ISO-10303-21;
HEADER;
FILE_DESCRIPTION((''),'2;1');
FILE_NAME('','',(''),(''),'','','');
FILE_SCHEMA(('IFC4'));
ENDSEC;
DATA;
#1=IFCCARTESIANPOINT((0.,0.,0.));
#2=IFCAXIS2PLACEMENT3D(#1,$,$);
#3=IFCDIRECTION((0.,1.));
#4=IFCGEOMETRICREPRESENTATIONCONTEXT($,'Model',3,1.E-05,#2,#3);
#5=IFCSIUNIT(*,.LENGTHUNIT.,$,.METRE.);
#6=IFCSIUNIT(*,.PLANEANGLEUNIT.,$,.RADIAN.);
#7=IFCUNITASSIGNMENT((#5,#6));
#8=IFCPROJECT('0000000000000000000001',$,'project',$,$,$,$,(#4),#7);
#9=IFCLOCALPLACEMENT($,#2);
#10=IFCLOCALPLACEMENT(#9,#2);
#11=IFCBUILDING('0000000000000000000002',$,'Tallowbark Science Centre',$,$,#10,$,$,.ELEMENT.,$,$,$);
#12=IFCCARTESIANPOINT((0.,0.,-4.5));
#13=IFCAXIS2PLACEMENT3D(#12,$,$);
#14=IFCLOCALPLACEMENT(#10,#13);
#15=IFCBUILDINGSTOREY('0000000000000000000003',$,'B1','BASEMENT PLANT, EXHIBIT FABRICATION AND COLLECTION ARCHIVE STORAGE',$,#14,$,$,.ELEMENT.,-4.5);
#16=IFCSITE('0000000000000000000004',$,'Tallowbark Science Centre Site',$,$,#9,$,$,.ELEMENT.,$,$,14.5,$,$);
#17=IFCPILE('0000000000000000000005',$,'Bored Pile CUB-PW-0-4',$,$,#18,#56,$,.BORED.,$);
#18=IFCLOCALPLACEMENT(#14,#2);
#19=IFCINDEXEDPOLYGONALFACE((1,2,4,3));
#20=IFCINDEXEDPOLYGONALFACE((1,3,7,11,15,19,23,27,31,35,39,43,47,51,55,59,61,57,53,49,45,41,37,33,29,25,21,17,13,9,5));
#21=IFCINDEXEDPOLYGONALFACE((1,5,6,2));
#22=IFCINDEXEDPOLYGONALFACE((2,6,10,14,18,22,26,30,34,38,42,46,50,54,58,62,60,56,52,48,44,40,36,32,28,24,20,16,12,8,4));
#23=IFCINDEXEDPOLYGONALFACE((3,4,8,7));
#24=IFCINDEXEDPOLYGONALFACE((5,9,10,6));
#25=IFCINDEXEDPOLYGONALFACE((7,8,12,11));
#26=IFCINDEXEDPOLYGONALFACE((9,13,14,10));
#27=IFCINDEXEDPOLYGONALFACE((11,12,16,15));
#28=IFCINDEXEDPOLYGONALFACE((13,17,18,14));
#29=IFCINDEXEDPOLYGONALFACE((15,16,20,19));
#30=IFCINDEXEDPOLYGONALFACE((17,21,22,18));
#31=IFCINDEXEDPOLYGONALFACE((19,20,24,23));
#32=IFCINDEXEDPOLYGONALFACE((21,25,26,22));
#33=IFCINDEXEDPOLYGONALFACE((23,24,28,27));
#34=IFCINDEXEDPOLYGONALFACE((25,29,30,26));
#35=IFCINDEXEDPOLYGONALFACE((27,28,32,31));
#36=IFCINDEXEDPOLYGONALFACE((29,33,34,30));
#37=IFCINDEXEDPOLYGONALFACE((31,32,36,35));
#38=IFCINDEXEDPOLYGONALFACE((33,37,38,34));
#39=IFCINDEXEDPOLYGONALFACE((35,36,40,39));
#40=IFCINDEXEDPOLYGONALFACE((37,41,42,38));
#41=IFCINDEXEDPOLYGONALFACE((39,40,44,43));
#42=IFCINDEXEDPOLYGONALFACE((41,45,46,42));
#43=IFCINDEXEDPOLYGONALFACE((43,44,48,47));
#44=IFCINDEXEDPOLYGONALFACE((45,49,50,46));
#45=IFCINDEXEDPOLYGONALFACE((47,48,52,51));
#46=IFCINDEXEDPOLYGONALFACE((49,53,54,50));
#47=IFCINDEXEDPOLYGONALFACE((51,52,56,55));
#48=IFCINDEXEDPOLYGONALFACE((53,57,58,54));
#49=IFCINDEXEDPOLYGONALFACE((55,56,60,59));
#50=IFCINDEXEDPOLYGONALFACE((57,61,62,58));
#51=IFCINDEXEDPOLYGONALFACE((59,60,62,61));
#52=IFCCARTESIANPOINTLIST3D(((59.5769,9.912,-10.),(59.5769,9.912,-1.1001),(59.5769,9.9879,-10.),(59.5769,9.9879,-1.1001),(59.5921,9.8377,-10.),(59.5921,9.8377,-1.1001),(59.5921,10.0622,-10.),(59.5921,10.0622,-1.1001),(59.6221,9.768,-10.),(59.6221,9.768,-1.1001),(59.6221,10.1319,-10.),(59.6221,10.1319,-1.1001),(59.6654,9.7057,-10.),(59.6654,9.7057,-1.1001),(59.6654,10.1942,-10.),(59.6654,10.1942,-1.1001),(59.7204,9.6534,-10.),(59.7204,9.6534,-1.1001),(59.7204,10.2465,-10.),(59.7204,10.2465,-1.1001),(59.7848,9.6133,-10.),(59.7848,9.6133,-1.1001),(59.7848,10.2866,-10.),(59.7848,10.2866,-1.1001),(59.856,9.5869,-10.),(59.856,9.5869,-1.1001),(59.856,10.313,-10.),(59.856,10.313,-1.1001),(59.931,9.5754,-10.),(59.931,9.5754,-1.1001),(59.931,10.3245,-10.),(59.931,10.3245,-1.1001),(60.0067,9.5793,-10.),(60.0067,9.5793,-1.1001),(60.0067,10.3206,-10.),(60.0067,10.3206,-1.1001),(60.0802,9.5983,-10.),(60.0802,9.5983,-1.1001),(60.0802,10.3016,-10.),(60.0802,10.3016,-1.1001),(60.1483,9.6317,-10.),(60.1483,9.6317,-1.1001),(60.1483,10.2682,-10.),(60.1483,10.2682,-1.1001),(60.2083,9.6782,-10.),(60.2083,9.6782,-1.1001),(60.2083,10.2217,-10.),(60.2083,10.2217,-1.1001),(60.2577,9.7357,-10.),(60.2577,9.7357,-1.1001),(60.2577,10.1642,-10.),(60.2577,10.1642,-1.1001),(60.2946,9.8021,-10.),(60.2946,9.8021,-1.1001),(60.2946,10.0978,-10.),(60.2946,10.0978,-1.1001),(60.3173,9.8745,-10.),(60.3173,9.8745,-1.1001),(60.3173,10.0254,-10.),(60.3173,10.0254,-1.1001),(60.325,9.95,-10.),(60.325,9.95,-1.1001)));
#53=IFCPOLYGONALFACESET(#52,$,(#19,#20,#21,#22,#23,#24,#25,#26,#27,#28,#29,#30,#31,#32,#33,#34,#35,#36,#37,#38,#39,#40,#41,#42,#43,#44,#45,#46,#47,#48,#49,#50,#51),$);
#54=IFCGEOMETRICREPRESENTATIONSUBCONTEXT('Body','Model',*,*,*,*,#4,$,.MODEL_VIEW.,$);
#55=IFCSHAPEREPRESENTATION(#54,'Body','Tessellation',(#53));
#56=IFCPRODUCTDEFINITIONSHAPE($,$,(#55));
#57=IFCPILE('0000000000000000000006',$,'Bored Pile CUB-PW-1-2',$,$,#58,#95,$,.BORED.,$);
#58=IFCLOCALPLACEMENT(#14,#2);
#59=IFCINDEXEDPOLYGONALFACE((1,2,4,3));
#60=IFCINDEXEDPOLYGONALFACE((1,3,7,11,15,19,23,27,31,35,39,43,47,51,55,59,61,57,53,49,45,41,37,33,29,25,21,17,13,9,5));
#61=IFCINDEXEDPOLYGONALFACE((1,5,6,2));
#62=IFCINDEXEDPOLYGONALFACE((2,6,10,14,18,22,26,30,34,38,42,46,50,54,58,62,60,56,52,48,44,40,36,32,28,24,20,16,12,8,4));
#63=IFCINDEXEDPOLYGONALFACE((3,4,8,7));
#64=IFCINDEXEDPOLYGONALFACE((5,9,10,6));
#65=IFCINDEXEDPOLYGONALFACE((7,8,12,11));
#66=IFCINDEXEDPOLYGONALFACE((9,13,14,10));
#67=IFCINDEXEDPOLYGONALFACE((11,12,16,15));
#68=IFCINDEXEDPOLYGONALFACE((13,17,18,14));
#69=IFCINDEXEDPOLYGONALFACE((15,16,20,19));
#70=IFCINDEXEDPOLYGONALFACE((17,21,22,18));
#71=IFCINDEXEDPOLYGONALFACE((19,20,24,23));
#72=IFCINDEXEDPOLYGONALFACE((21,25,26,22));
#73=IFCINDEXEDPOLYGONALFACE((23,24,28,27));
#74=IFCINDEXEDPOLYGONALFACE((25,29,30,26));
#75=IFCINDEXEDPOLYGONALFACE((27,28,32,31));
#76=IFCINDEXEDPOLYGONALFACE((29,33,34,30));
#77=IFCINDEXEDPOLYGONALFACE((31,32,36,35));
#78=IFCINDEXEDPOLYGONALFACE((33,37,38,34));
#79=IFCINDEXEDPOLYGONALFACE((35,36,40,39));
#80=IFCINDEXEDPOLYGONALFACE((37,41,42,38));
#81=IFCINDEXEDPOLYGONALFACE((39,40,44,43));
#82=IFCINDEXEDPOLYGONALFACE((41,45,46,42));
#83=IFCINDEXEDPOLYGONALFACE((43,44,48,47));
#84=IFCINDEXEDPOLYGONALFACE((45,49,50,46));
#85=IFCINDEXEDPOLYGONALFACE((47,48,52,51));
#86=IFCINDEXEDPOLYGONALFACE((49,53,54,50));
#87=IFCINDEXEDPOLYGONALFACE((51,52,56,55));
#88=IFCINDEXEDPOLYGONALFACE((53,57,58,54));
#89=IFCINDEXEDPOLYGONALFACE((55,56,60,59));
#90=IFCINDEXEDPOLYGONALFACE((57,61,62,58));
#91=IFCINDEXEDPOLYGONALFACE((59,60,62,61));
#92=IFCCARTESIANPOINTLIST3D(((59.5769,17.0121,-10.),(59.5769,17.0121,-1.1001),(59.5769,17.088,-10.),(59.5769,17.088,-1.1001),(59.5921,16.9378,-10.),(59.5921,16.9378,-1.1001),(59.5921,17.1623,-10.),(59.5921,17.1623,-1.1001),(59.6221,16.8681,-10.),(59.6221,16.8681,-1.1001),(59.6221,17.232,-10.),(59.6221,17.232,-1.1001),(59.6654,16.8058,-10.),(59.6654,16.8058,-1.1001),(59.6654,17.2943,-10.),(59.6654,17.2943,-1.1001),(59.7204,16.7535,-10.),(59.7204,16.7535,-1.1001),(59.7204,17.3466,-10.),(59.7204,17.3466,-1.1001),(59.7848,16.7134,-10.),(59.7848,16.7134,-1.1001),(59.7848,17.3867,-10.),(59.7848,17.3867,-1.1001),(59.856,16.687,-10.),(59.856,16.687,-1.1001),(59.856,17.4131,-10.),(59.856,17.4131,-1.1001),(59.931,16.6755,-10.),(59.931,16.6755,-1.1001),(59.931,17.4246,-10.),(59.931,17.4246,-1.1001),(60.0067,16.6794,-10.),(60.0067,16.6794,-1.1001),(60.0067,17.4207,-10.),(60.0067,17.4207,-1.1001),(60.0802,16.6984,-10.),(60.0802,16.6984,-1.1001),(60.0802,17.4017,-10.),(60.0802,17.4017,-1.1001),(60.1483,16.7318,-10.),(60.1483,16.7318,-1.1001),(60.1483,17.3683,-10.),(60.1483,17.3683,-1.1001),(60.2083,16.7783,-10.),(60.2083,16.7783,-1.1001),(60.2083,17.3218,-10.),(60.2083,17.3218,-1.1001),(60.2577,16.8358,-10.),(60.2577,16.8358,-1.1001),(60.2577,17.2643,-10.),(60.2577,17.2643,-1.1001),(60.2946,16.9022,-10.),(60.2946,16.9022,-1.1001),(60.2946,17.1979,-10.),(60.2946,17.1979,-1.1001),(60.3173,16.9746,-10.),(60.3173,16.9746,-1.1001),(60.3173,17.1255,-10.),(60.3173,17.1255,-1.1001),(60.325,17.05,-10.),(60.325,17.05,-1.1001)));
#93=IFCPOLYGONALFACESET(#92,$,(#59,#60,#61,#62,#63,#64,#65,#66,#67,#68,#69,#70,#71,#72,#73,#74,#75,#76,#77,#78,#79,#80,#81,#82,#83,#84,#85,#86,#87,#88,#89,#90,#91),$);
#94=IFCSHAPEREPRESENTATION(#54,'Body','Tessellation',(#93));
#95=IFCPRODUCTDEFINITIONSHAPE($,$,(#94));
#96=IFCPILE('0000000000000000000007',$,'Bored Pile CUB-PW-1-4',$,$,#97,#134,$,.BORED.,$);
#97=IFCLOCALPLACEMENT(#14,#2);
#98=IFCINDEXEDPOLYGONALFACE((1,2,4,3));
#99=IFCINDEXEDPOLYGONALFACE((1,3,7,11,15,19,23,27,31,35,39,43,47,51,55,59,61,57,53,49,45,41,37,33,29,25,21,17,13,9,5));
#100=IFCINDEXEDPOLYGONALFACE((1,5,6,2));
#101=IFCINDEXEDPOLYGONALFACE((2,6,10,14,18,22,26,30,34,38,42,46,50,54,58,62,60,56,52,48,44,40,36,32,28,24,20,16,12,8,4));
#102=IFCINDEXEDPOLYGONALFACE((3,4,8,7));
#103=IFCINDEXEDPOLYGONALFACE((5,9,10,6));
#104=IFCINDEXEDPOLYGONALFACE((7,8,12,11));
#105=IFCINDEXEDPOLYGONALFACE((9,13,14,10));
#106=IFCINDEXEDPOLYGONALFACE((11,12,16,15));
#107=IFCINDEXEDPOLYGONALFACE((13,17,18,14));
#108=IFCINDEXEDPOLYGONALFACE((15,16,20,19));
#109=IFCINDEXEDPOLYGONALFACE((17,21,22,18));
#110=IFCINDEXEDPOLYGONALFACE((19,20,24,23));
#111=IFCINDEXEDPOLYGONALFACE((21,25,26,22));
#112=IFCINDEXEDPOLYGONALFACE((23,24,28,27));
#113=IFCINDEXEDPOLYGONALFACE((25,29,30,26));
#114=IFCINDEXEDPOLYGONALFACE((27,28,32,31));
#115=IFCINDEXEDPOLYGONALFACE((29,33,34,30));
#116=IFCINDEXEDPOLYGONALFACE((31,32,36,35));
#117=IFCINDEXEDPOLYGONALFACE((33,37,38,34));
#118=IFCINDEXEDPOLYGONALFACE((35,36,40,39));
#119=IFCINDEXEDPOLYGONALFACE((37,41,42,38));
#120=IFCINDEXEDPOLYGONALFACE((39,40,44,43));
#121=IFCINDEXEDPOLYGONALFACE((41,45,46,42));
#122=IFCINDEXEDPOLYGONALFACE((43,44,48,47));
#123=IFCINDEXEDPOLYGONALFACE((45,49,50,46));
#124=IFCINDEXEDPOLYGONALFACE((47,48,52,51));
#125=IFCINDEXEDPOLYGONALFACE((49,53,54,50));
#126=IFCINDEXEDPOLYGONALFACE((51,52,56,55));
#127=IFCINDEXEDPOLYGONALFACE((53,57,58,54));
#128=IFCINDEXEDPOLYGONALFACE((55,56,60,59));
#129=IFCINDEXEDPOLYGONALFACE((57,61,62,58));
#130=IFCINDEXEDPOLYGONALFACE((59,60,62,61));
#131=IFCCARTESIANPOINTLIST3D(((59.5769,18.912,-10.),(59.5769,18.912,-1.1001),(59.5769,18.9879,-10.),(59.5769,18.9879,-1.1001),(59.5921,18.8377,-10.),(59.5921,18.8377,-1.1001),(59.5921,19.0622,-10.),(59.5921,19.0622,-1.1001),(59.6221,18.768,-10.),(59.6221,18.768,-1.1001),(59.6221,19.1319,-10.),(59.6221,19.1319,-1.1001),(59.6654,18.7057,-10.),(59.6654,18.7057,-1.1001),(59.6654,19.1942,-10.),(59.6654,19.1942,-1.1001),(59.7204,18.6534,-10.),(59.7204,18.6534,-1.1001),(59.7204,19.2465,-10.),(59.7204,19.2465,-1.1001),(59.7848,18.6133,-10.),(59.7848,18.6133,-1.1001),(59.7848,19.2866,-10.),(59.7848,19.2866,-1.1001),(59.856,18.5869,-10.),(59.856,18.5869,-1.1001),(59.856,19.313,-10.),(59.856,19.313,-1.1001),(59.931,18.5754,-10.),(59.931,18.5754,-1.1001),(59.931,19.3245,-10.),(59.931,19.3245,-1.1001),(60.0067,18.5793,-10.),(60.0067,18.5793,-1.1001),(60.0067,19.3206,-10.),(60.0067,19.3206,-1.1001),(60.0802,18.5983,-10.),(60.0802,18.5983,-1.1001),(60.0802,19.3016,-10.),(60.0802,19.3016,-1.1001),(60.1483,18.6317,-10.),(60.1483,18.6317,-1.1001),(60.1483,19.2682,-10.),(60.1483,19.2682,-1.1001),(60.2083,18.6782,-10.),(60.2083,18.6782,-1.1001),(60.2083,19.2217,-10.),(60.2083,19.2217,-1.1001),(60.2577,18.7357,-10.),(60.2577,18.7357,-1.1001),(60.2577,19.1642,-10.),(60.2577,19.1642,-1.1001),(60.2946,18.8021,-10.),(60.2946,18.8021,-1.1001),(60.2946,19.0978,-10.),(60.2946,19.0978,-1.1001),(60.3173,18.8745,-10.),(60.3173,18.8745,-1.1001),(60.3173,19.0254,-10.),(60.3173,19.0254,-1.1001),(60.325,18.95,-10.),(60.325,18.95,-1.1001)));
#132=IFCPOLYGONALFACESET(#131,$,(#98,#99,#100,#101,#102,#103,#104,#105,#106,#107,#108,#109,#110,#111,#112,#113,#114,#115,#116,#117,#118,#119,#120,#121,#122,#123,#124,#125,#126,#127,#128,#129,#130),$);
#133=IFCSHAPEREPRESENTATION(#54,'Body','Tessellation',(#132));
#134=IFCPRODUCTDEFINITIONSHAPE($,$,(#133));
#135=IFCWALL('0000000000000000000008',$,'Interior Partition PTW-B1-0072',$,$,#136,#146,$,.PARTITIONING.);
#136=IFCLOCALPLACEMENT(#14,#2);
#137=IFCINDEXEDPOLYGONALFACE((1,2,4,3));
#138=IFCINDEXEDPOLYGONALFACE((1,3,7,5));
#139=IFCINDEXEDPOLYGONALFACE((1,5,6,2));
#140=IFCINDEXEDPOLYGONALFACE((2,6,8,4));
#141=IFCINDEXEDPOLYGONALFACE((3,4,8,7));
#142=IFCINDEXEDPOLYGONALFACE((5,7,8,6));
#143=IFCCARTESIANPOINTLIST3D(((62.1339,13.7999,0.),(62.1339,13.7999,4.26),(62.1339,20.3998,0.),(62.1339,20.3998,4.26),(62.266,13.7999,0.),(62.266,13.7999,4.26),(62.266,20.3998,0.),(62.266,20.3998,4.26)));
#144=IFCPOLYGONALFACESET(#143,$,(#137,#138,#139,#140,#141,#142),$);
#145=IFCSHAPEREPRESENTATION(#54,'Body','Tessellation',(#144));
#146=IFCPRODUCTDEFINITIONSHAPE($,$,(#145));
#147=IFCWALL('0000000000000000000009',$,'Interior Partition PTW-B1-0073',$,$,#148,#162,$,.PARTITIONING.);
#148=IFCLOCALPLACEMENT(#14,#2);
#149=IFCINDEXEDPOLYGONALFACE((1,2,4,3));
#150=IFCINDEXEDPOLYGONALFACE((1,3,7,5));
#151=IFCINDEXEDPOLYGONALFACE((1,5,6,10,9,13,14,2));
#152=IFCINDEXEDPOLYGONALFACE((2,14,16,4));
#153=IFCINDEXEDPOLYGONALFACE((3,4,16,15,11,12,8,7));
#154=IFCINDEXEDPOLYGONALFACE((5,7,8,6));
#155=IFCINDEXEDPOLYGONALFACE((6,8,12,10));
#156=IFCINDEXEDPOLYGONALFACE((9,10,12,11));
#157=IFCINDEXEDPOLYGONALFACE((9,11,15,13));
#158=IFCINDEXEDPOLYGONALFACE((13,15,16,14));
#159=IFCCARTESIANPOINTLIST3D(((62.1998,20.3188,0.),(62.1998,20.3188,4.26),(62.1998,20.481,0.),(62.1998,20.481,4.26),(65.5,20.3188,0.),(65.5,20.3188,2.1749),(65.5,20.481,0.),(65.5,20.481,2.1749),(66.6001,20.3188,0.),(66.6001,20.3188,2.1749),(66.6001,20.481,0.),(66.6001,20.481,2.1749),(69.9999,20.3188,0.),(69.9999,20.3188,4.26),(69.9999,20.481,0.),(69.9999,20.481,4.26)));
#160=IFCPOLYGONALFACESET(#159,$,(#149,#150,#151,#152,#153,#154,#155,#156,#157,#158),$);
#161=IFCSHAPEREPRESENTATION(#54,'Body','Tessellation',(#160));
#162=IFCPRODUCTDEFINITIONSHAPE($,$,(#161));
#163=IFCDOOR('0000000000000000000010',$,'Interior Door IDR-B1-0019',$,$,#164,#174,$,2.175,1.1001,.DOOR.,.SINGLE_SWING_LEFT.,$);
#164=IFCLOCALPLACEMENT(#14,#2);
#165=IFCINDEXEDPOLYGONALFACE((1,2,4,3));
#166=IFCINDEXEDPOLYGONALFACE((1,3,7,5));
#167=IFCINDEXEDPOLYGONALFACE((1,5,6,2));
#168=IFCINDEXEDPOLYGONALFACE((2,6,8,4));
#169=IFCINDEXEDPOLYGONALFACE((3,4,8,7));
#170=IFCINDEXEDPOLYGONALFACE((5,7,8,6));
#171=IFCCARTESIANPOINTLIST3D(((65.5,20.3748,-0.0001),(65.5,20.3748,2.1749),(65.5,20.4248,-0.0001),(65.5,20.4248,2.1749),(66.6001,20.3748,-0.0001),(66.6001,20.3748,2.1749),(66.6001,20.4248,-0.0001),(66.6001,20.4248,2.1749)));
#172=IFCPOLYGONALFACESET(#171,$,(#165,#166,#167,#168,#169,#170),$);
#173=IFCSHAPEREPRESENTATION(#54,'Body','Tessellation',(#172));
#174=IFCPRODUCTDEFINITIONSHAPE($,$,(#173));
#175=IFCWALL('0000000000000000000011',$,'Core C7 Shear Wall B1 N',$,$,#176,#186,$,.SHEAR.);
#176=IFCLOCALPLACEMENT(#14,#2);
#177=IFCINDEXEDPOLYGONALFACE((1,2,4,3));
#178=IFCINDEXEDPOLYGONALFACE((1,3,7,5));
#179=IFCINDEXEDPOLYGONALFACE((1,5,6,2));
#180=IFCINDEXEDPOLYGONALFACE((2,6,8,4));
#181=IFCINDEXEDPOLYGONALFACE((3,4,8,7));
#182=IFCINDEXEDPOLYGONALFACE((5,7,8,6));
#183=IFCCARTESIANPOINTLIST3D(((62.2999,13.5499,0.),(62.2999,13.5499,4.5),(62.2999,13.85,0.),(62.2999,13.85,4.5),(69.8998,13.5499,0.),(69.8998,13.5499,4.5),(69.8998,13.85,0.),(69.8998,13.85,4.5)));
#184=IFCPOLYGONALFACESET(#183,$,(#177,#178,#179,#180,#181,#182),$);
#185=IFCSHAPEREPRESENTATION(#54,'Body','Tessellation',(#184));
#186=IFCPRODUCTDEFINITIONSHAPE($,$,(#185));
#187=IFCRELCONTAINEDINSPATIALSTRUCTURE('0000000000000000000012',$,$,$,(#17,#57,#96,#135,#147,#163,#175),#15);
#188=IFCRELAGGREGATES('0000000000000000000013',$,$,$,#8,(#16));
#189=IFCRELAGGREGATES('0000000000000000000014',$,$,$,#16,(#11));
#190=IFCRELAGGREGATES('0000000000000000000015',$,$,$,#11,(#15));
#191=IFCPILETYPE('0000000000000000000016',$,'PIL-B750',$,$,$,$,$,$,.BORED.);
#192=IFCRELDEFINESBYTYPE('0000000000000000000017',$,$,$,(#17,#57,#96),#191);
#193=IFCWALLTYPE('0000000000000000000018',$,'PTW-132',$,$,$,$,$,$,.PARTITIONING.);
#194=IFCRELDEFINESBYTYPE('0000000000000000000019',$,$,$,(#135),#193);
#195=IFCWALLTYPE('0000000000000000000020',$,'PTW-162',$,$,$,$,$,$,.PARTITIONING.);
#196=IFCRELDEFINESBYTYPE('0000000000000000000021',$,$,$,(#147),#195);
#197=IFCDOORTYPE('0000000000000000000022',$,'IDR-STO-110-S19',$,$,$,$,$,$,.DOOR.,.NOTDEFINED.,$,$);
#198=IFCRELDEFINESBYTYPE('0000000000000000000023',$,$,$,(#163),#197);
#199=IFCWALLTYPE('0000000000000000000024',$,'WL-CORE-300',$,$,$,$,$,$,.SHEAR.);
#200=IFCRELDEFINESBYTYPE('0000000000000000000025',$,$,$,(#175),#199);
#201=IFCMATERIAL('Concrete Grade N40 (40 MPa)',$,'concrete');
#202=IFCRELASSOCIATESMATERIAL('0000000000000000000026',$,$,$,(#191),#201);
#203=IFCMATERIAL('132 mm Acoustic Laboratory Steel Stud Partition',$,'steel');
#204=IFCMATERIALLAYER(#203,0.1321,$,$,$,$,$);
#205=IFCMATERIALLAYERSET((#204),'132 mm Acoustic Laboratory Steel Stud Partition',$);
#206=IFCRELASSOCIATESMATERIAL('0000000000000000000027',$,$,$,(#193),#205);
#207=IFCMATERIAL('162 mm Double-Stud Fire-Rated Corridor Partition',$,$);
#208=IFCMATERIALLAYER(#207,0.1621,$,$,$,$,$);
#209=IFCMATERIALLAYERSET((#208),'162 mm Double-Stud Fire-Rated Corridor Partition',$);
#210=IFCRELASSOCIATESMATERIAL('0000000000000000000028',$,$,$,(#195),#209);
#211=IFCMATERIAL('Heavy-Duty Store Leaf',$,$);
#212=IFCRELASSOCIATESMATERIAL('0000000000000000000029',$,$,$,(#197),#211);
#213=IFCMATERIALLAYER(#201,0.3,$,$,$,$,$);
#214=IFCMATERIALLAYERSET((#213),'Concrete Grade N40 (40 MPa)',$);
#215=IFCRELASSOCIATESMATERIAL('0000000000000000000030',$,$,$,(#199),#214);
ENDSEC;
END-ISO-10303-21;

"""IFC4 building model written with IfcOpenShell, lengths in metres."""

from ifc_helpers import new_model, si_unit, direction, frame, frame_2d, origin, origin_2d, place, context, subcontext, project, spatial, rectangle, circle, extrude, material, layer, layer_set, material_profile, profile_set, type_object, element, fill, save


model = new_model("IFC4")

# Units and contexts
model_context = context("Model", 3, precision=1e-05, world=origin(), true_north=direction((0.0, 1.0)))
body_context = subcontext(model_context, "Body", "Model", "MODEL_VIEW")
ifc_project = project(units=[si_unit("LENGTHUNIT", "METRE"), si_unit("PLANEANGLEUNIT", "RADIAN")], contexts=[model_context])

# Site, building, storey
site_placement = place(None, origin())
site = spatial("IfcSite", under=ifc_project, at=site_placement, Name="Tallowbark Science Centre Site", CompositionType="ELEMENT", RefElevation=14.5)
building_placement = place(site_placement, origin())
building = spatial("IfcBuilding", under=site, at=building_placement, Name="Tallowbark Science Centre", CompositionType="ELEMENT")
storey_placement = place(building_placement, frame((0.0, 0.0, -4.5)))
storey = spatial("IfcBuildingStorey", under=building, at=storey_placement, Name="B1", Description="BASEMENT PLANT, EXHIBIT FABRICATION AND COLLECTION ARCHIVE STORAGE", CompositionType="ELEMENT", Elevation=-4.5)

# Shared definitions
ifc_material_1 = material(Name="Concrete Grade N40 (40 MPa)", Category="concrete")

# Piles
ifc_material_profile_1 = material_profile(ifc_material_1, circle(Radius=0.375, at=origin_2d()), Name="PILE750")
ifc_profile_set_1 = profile_set([ifc_material_profile_1], Name="Concrete Grade N40 (40 MPa)")
pile_type_1 = type_object("IfcPileType", Name="PIL-B750", PredefinedType="BORED", material=ifc_profile_set_1)
for number, where, z_axis, x_axis, name in (
    (1, (59.95, 9.95, -1.1001), (0.0, 0.0, -1.0), (1.0, 0.0, 0.0), "Bored Pile CUB-PW-0-4"),
    (2, (59.95, 17.05, -1.1001), (0.0, 0.0, -1.0), (1.0, 0.0, 0.0), "Bored Pile CUB-PW-1-2"),
    (3, (59.95, 18.95, -1.1001), (0.0, 0.0, -1.0), (1.0, 0.0, 0.0), "Bored Pile CUB-PW-1-4"),
):
    element("IfcPile", number, at=place(storey_placement, frame(where, z_axis=z_axis, x_axis=x_axis)), inside=storey, type_object=pile_type_1, Name=name, PredefinedType="BORED", context=body_context, shape_type="SweptSolid", body=[
        extrude(circle(Radius=0.375, at=origin_2d()), origin(), (0.0, 0.0, 1.0), 8.8999),
    ])

# Wall
ifc_material_2 = material(Name="132 mm Acoustic Laboratory Steel Stud Partition", Category="steel")
ifc_layer_1 = layer(ifc_material_2, 0.1321)
ifc_layer_set_1 = layer_set([ifc_layer_1], Name="132 mm Acoustic Laboratory Steel Stud Partition")
wall_type_1 = type_object("IfcWallType", Name="PTW-132", PredefinedType="PARTITIONING", material=ifc_layer_set_1)
wall_1_placement = place(storey_placement, frame((62.2, 13.8, 0.0), z_axis=(0.0, 0.0, 1.0), x_axis=(0.0, 1.0, 0.0)))
element("IfcWall", 4, at=wall_1_placement, inside=storey, type_object=wall_type_1, Name="Interior Partition PTW-B1-0072", PredefinedType="PARTITIONING", context=body_context, shape_type="SweptSolid", body=[
    extrude(rectangle(XDim=6.5999, YDim=0.1321, at=frame_2d((3.2998, 0.0))), origin(), (0.0, 0.0, 1.0), 4.26),
])

# Wall, opening, door
ifc_material_3 = material(Name="162 mm Double-Stud Fire-Rated Corridor Partition")
ifc_layer_2 = layer(ifc_material_3, 0.1621)
ifc_layer_set_2 = layer_set([ifc_layer_2], Name="162 mm Double-Stud Fire-Rated Corridor Partition")
wall_type_2 = type_object("IfcWallType", Name="PTW-162", PredefinedType="PARTITIONING", material=ifc_layer_set_2)
wall_2_placement = place(storey_placement, frame((62.2, 20.3999, 0.0), z_axis=(0.0, 0.0, 1.0), x_axis=(1.0, 0.0, 0.0)))
wall_2 = element("IfcWall", 5, at=wall_2_placement, inside=storey, type_object=wall_type_2, Name="Interior Partition PTW-B1-0073", PredefinedType="PARTITIONING", context=body_context, shape_type="SweptSolid", body=[
    extrude(rectangle(XDim=7.8, YDim=0.1621, at=frame_2d((3.8999, 0.0))), origin(), (0.0, 0.0, 1.0), 4.26),
])
opening_placement = place(wall_2_placement, frame((3.3, 0.0, 0.0)))
opening = element("IfcOpeningElement", 6, at=opening_placement, cuts=wall_2, PredefinedType="OPENING", context=body_context, shape_type="SweptSolid", body=[
    extrude(rectangle(XDim=1.1001, YDim=2.175, at=frame_2d((0.55, 1.0874))), frame((0.0, 0.0911, 0.0), z_axis=(0.0, -1.0, 0.0), x_axis=(1.0, 0.0, 0.0)), (0.0, 0.0, 1.0), 0.1821),
])
ifc_material_4 = material(Name="Heavy-Duty Store Leaf")
door_type = type_object("IfcDoorType", Name="IDR-STO-110-S19", OperationType="NOTDEFINED", PredefinedType="DOOR", material=ifc_material_4)
door_placement = place(opening_placement, origin())
door = element("IfcDoor", 7, at=door_placement, inside=storey, type_object=door_type, Name="Interior Door IDR-B1-0019", OperationType="SINGLE_SWING_LEFT", OverallHeight=2.175, OverallWidth=1.1001, PredefinedType="DOOR", context=body_context, shape_type="SweptSolid", body=[
    extrude(rectangle(XDim=1.1001, YDim=2.175, at=frame_2d((0.55, 1.0874))), frame((0.0, 0.0249, 0.0), z_axis=(0.0, -1.0, 0.0), x_axis=(1.0, 0.0, 0.0)), (0.0, 0.0, 1.0), 0.05),
])
fill(opening, door)

# Wall
ifc_layer_3 = layer(ifc_material_1, 0.3)
ifc_layer_set_3 = layer_set([ifc_layer_3], Name="Concrete Grade N40 (40 MPa)")
wall_type_3 = type_object("IfcWallType", Name="WL-CORE-300", PredefinedType="SHEAR", material=ifc_layer_set_3)
wall_3_placement = place(storey_placement, frame((62.3, 13.7, 0.0), z_axis=(0.0, 0.0, 1.0), x_axis=(1.0, 0.0, 0.0)))
element("IfcWall", 8, at=wall_3_placement, inside=storey, type_object=wall_type_3, Name="Core C7 Shear Wall B1 N", PredefinedType="SHEAR", context=body_context, shape_type="SweptSolid", body=[
    extrude(rectangle(XDim=7.5999, YDim=0.3, at=frame_2d((3.7998, 0.0))), origin(), (0.0, 0.0, 1.0), 4.5),
])

save(model, "model.ifc")
